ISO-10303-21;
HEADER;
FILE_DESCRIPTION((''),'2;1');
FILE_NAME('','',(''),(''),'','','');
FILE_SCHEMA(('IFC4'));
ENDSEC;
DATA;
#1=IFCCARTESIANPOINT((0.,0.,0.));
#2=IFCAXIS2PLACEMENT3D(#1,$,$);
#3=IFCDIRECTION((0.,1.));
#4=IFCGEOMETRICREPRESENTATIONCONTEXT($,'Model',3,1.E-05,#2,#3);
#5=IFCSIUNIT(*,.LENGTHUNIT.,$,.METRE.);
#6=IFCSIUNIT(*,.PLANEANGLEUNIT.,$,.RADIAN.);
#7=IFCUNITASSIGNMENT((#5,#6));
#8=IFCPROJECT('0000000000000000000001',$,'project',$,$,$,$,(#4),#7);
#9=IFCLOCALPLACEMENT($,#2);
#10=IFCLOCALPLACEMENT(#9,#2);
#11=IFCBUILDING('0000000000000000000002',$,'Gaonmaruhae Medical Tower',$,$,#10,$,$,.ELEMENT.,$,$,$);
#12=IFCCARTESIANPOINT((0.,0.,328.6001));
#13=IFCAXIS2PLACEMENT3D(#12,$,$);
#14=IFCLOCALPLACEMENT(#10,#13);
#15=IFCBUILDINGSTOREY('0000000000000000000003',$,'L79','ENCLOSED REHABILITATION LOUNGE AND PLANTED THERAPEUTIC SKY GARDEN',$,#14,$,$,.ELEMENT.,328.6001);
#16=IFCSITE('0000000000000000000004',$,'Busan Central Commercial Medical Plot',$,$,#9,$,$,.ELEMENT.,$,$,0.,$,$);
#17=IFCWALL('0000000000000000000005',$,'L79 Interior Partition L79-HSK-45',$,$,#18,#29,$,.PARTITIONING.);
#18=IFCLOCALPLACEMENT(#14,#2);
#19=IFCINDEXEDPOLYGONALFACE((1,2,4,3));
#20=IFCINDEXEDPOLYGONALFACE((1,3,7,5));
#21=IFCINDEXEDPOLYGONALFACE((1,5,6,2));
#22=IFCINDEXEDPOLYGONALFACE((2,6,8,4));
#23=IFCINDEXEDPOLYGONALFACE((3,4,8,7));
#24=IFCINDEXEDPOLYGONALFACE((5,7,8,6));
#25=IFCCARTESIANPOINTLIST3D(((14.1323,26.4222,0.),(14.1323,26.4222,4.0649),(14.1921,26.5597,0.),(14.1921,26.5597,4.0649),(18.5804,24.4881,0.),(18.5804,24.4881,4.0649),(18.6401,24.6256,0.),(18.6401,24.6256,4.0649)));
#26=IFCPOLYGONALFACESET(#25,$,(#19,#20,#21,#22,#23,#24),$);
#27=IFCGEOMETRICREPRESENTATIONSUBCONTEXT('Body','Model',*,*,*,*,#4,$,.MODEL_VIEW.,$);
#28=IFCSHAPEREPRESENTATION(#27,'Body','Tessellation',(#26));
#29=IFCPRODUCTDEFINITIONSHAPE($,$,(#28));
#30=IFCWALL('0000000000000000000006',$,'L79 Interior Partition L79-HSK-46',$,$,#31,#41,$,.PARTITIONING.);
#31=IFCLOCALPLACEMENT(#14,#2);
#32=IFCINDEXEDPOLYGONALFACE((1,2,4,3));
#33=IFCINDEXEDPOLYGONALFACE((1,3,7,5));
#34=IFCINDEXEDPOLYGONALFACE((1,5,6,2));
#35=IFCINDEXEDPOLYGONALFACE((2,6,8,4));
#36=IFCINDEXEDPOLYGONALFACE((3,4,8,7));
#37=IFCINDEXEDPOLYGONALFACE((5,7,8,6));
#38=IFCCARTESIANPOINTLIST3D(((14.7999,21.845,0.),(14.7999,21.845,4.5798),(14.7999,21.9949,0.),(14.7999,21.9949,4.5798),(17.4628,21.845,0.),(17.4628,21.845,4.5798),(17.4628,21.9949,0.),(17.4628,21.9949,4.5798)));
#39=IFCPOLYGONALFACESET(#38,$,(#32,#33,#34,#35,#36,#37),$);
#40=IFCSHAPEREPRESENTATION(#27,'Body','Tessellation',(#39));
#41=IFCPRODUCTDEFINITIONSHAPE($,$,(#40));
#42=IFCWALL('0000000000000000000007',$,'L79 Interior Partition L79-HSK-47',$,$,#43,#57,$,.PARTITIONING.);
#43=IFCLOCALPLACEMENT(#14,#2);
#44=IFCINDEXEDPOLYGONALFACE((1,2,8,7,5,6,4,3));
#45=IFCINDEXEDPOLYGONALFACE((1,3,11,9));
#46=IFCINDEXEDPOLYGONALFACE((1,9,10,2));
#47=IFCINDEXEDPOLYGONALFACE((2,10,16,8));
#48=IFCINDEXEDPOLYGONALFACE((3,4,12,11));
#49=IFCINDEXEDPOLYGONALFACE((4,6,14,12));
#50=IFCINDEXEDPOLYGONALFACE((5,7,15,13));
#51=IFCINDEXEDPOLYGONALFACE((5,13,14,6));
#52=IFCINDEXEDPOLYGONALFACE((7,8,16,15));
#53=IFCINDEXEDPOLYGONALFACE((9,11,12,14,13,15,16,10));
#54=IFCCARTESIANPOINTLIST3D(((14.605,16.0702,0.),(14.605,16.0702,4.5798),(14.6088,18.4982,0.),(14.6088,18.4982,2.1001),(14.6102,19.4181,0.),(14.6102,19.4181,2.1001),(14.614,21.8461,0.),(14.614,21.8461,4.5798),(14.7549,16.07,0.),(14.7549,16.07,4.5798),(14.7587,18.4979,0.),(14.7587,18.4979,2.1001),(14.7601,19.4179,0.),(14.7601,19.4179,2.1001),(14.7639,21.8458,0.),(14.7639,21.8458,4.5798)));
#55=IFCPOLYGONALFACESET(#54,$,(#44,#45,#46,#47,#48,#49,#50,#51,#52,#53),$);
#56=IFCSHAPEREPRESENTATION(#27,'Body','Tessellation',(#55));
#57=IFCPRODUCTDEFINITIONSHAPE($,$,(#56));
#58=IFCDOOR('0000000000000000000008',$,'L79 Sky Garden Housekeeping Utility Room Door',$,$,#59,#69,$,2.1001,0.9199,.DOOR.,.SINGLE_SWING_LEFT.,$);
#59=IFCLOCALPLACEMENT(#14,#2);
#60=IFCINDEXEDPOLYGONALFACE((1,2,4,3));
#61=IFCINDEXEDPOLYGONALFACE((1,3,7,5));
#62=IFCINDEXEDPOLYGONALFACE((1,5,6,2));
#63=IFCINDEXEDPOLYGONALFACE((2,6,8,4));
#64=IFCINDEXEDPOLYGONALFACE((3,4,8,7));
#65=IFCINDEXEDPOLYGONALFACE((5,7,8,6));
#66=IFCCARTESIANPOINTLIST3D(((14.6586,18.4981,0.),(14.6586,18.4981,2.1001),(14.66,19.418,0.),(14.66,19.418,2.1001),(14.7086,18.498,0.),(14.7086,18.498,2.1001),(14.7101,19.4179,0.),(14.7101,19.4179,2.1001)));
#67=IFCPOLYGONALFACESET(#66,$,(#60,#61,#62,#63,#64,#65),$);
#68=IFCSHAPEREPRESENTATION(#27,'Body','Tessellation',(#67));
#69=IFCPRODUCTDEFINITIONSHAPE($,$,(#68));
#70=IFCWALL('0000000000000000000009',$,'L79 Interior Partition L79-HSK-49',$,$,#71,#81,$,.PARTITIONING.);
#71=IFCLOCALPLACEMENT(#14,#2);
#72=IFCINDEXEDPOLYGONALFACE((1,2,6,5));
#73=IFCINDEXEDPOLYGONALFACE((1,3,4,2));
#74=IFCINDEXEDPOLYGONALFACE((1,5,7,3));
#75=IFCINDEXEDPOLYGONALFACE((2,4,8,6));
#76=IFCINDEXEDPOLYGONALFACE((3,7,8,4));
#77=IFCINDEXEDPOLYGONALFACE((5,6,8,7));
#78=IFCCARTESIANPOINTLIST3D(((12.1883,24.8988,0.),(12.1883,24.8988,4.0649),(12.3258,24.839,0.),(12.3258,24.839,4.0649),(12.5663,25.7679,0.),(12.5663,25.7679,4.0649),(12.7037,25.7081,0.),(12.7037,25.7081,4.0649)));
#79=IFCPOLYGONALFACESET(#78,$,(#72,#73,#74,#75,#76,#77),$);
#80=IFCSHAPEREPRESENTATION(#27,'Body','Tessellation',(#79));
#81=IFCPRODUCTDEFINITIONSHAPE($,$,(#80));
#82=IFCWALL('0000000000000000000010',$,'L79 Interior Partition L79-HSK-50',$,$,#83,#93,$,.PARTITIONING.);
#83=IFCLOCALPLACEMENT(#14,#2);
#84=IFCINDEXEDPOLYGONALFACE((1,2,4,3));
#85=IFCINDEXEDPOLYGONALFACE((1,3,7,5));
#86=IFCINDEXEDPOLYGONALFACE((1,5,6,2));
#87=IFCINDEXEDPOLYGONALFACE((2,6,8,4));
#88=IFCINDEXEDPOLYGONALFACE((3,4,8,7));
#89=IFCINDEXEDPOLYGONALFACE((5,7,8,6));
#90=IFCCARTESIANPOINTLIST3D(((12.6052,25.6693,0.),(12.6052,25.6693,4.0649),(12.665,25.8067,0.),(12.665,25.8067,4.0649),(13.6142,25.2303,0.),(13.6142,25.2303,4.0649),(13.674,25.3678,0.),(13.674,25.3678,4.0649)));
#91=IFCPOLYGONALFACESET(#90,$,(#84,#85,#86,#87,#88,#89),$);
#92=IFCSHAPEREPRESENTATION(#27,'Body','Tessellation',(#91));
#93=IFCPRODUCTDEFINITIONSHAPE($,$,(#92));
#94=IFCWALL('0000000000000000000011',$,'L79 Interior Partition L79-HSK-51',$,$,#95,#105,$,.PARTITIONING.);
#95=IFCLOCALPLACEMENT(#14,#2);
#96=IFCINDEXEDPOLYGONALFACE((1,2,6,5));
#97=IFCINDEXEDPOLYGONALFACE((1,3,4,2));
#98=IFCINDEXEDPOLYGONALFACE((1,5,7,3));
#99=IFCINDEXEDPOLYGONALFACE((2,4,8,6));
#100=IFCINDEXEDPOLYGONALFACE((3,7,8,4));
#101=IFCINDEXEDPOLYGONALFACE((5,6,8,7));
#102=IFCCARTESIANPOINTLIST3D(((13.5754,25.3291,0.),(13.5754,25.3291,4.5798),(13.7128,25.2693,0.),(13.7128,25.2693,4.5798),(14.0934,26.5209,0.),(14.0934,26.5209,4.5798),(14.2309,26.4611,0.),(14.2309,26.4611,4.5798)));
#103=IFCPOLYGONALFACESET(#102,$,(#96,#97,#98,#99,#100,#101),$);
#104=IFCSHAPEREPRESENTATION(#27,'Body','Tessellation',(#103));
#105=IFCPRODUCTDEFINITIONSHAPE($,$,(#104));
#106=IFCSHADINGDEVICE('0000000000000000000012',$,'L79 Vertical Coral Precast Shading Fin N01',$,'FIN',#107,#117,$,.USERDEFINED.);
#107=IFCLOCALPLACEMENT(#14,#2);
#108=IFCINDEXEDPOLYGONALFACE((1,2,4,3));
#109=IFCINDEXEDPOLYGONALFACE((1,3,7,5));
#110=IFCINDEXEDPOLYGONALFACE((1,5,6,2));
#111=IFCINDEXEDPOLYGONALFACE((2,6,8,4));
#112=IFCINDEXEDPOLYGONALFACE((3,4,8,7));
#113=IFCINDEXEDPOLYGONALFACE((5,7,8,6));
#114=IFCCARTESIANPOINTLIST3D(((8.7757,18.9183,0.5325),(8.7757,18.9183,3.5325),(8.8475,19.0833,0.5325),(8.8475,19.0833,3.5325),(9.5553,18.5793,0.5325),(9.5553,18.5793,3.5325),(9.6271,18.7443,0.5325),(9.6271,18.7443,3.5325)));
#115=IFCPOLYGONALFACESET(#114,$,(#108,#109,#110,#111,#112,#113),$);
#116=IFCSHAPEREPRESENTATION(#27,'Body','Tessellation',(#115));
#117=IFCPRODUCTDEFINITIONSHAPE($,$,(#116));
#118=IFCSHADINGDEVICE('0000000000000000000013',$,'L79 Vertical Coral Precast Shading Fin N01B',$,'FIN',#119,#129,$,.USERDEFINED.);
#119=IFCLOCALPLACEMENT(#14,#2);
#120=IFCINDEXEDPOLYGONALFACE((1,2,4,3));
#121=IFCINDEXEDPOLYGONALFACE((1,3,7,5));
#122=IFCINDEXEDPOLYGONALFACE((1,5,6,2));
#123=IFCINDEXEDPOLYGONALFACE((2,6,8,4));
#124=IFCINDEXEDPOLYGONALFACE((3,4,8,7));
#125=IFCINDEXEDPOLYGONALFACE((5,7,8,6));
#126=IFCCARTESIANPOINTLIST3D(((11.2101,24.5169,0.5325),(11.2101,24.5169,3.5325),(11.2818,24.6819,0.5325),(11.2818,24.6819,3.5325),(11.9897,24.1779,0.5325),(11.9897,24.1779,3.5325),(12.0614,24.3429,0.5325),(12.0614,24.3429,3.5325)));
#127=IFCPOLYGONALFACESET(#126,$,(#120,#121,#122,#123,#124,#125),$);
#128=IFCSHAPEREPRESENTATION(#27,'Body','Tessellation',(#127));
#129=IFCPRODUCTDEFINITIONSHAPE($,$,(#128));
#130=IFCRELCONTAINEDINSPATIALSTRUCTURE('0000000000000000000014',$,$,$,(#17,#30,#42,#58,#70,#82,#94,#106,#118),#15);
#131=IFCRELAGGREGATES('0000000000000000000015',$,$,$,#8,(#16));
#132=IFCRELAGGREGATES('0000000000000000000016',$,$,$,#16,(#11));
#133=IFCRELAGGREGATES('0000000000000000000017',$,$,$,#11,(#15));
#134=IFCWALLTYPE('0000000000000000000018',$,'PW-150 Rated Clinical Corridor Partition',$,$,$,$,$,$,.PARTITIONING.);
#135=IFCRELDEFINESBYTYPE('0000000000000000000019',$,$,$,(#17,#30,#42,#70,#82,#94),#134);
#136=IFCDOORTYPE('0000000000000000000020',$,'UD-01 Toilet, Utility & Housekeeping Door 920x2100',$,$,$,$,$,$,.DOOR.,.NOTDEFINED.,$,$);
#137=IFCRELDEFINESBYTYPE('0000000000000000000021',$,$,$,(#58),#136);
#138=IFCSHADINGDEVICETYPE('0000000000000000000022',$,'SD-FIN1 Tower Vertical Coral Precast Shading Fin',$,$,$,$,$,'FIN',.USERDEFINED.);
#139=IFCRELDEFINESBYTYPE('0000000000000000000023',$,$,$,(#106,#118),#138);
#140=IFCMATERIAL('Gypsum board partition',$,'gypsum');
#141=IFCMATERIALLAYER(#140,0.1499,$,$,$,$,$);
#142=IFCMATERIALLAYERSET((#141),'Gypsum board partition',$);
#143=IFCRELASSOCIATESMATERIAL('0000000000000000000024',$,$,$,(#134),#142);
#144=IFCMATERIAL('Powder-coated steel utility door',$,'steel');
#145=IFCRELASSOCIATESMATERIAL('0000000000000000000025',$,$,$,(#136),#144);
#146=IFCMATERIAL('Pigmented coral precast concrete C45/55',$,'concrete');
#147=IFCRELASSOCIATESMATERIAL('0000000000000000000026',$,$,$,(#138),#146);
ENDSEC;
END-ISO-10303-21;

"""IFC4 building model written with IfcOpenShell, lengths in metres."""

from ifc_helpers import new_model, si_unit, direction, frame, frame_2d, origin, origin_2d, place, context, subcontext, project, spatial, rectangle, extrude, material, layer, layer_set, type_object, element, fill, save


model = new_model("IFC4")

# Units and contexts
model_context = context("Model", 3, precision=1e-05, world=origin(), true_north=direction((0.0, 1.0)))
body_context = subcontext(model_context, "Body", "Model", "MODEL_VIEW")
ifc_project = project(units=[si_unit("LENGTHUNIT", "METRE"), si_unit("PLANEANGLEUNIT", "RADIAN")], contexts=[model_context])

# Site, building, storey
site_placement = place(None, origin())
site = spatial("IfcSite", under=ifc_project, at=site_placement, Name="Busan Central Commercial Medical Plot", CompositionType="ELEMENT", RefElevation=0.0)
building_placement = place(site_placement, origin())
building = spatial("IfcBuilding", under=site, at=building_placement, Name="Gaonmaruhae Medical Tower", CompositionType="ELEMENT")
storey_placement = place(building_placement, frame((0.0, 0.0, 328.6001)))
storey = spatial("IfcBuildingStorey", under=building, at=storey_placement, Name="L79", Description="ENCLOSED REHABILITATION LOUNGE AND PLANTED THERAPEUTIC SKY GARDEN", CompositionType="ELEMENT", Elevation=328.6001)

# Walls
ifc_material_1 = material(Name="Gypsum board partition", Category="gypsum")
ifc_layer_1 = layer(ifc_material_1, 0.1499)
ifc_layer_set_1 = layer_set([ifc_layer_1], Name="Gypsum board partition")
wall_type_1 = type_object("IfcWallType", Name="PW-150 Rated Clinical Corridor Partition", PredefinedType="PARTITIONING", material=ifc_layer_set_1)
wall_1_placement = place(storey_placement, frame((14.1621, 26.491, 0.0), z_axis=(0.0, 0.0, 1.0), x_axis=(0.917057, -0.398756, 0.0)))
element("IfcWall", 1, at=wall_1_placement, inside=storey, type_object=wall_type_1, Name="L79 Interior Partition L79-HSK-45", PredefinedType="PARTITIONING", context=body_context, shape_type="SweptSolid", body=[
    extrude(rectangle(XDim=4.8503, YDim=0.1499, at=frame_2d((2.4253, 0.0))), origin(), (0.0, 0.0, 1.0), 4.0649),
])
wall_2_placement = place(storey_placement, frame((17.4629, 21.9199, 0.0), z_axis=(0.0, 0.0, 1.0), x_axis=(-1.0, 0.0, 0.0)))
element("IfcWall", 2, at=wall_2_placement, inside=storey, type_object=wall_type_1, Name="L79 Interior Partition L79-HSK-46", PredefinedType="PARTITIONING", context=body_context, shape_type="SweptSolid", body=[
    extrude(rectangle(XDim=2.6628, YDim=0.1499, at=frame_2d((1.3315, 0.0))), origin(), (0.0, 0.0, 1.0), 4.5798),
])

# Wall, opening, door
wall_3_placement = place(storey_placement, frame((14.689, 21.8459, 0.0), z_axis=(0.0, 0.0, 1.0), x_axis=(-0.001564, -0.999999, 0.0)))
wall_3 = element("IfcWall", 3, at=wall_3_placement, inside=storey, type_object=wall_type_1, Name="L79 Interior Partition L79-HSK-47", PredefinedType="PARTITIONING", context=body_context, shape_type="SweptSolid", body=[
    extrude(rectangle(XDim=5.7759, YDim=0.1499, at=frame_2d((2.8879, 0.0))), origin(), (0.0, 0.0, 1.0), 4.5798),
])
opening_1_placement = place(wall_3_placement, frame((2.428, 0.0, 0.0)))
opening_1 = element("IfcOpeningElement", 4, at=opening_1_placement, cuts=wall_3, PredefinedType="OPENING", context=body_context, shape_type="SweptSolid", body=[
    extrude(rectangle(XDim=0.9199, YDim=2.1001, at=frame_2d((0.46, 1.05))), frame((0.0, 0.085, 0.0), z_axis=(0.0, -1.0, 0.0), x_axis=(1.0, 0.0, 0.0)), (0.0, 0.0, 1.0), 0.1699),
])
ifc_material_2 = material(Name="Powder-coated steel utility door", Category="steel")
door_type = type_object("IfcDoorType", Name="UD-01 Toilet, Utility & Housekeeping Door 920x2100", OperationType="NOTDEFINED", PredefinedType="DOOR", material=ifc_material_2)
door_placement = place(opening_1_placement, origin())
door = element("IfcDoor", 5, at=door_placement, inside=storey, type_object=door_type, Name="L79 Sky Garden Housekeeping Utility Room Door", OperationType="SINGLE_SWING_LEFT", OverallHeight=2.1001, OverallWidth=0.9199, PredefinedType="DOOR", context=body_context, shape_type="SweptSolid", body=[
    extrude(rectangle(XDim=0.9199, YDim=2.1001, at=frame_2d((0.46, 1.05))), frame((0.0, 0.0249, 0.0), z_axis=(0.0, -1.0, 0.0), x_axis=(1.0, 0.0, 0.0)), (0.0, 0.0, 1.0), 0.05),
])
fill(opening_1, door)

# Walls
wall_4_placement = place(storey_placement, frame((12.2571, 24.8689, 0.0), z_axis=(0.0, 0.0, 1.0), x_axis=(0.398764, 0.917054, 0.0)))
element("IfcWall", 6, at=wall_4_placement, inside=storey, type_object=wall_type_1, Name="L79 Interior Partition L79-HSK-49", PredefinedType="PARTITIONING", context=body_context, shape_type="SweptSolid", body=[
    extrude(rectangle(XDim=0.9478, YDim=0.1499, at=frame_2d((0.4739, 0.0))), origin(), (0.0, 0.0, 1.0), 4.0649),
])
wall_5_placement = place(storey_placement, frame((12.635, 25.738, 0.0), z_axis=(0.0, 0.0, 1.0), x_axis=(0.916985, -0.398921, 0.0)))
element("IfcWall", 7, at=wall_5_placement, inside=storey, type_object=wall_type_1, Name="L79 Interior Partition L79-HSK-50", PredefinedType="PARTITIONING", context=body_context, shape_type="SweptSolid", body=[
    extrude(rectangle(XDim=1.1003, YDim=0.1499, at=frame_2d((0.5503, 0.0))), origin(), (0.0, 0.0, 1.0), 4.0649),
])
wall_6_placement = place(storey_placement, frame((13.644, 25.2991, 0.0), z_axis=(0.0, 0.0, 1.0), x_axis=(0.39863, 0.917112, 0.0)))
element("IfcWall", 8, at=wall_6_placement, inside=storey, type_object=wall_type_1, Name="L79 Interior Partition L79-HSK-51", PredefinedType="PARTITIONING", context=body_context, shape_type="SweptSolid", body=[
    extrude(rectangle(XDim=1.2996, YDim=0.1499, at=frame_2d((0.6499, 0.0))), origin(), (0.0, 0.0, 1.0), 4.5798),
])

# Shading devices
ifc_material_3 = material(Name="Pigmented coral precast concrete C45/55", Category="concrete")
shading_device_type = type_object("IfcShadingDeviceType", Name="SD-FIN1 Tower Vertical Coral Precast Shading Fin", ElementType="FIN", PredefinedType="USERDEFINED", material=ifc_material_3)
for number, where, z_axis, x_axis, name in (
    (9, (9.2014, 18.8313, 0.5325), (0.0, 0.0, 1.0), (0.398749, 0.91706, 0.0), "L79 Vertical Coral Precast Shading Fin N01"),
    (10, (11.6357, 24.4299, 0.5325), (0.0, 0.0, 1.0), (0.398749, 0.91706, 0.0), "L79 Vertical Coral Precast Shading Fin N01B"),
):
    element("IfcShadingDevice", number, at=place(storey_placement, frame(where, z_axis=z_axis, x_axis=x_axis)), inside=storey, type_object=shading_device_type, Name=name, ObjectType="FIN", PredefinedType="USERDEFINED", context=body_context, shape_type="SweptSolid", body=[
        extrude(rectangle(XDim=0.1799, YDim=0.8501, at=origin_2d()), origin(), (0.0, 0.0, 1.0), 3.0),
    ])

save(model, "model.ifc")
